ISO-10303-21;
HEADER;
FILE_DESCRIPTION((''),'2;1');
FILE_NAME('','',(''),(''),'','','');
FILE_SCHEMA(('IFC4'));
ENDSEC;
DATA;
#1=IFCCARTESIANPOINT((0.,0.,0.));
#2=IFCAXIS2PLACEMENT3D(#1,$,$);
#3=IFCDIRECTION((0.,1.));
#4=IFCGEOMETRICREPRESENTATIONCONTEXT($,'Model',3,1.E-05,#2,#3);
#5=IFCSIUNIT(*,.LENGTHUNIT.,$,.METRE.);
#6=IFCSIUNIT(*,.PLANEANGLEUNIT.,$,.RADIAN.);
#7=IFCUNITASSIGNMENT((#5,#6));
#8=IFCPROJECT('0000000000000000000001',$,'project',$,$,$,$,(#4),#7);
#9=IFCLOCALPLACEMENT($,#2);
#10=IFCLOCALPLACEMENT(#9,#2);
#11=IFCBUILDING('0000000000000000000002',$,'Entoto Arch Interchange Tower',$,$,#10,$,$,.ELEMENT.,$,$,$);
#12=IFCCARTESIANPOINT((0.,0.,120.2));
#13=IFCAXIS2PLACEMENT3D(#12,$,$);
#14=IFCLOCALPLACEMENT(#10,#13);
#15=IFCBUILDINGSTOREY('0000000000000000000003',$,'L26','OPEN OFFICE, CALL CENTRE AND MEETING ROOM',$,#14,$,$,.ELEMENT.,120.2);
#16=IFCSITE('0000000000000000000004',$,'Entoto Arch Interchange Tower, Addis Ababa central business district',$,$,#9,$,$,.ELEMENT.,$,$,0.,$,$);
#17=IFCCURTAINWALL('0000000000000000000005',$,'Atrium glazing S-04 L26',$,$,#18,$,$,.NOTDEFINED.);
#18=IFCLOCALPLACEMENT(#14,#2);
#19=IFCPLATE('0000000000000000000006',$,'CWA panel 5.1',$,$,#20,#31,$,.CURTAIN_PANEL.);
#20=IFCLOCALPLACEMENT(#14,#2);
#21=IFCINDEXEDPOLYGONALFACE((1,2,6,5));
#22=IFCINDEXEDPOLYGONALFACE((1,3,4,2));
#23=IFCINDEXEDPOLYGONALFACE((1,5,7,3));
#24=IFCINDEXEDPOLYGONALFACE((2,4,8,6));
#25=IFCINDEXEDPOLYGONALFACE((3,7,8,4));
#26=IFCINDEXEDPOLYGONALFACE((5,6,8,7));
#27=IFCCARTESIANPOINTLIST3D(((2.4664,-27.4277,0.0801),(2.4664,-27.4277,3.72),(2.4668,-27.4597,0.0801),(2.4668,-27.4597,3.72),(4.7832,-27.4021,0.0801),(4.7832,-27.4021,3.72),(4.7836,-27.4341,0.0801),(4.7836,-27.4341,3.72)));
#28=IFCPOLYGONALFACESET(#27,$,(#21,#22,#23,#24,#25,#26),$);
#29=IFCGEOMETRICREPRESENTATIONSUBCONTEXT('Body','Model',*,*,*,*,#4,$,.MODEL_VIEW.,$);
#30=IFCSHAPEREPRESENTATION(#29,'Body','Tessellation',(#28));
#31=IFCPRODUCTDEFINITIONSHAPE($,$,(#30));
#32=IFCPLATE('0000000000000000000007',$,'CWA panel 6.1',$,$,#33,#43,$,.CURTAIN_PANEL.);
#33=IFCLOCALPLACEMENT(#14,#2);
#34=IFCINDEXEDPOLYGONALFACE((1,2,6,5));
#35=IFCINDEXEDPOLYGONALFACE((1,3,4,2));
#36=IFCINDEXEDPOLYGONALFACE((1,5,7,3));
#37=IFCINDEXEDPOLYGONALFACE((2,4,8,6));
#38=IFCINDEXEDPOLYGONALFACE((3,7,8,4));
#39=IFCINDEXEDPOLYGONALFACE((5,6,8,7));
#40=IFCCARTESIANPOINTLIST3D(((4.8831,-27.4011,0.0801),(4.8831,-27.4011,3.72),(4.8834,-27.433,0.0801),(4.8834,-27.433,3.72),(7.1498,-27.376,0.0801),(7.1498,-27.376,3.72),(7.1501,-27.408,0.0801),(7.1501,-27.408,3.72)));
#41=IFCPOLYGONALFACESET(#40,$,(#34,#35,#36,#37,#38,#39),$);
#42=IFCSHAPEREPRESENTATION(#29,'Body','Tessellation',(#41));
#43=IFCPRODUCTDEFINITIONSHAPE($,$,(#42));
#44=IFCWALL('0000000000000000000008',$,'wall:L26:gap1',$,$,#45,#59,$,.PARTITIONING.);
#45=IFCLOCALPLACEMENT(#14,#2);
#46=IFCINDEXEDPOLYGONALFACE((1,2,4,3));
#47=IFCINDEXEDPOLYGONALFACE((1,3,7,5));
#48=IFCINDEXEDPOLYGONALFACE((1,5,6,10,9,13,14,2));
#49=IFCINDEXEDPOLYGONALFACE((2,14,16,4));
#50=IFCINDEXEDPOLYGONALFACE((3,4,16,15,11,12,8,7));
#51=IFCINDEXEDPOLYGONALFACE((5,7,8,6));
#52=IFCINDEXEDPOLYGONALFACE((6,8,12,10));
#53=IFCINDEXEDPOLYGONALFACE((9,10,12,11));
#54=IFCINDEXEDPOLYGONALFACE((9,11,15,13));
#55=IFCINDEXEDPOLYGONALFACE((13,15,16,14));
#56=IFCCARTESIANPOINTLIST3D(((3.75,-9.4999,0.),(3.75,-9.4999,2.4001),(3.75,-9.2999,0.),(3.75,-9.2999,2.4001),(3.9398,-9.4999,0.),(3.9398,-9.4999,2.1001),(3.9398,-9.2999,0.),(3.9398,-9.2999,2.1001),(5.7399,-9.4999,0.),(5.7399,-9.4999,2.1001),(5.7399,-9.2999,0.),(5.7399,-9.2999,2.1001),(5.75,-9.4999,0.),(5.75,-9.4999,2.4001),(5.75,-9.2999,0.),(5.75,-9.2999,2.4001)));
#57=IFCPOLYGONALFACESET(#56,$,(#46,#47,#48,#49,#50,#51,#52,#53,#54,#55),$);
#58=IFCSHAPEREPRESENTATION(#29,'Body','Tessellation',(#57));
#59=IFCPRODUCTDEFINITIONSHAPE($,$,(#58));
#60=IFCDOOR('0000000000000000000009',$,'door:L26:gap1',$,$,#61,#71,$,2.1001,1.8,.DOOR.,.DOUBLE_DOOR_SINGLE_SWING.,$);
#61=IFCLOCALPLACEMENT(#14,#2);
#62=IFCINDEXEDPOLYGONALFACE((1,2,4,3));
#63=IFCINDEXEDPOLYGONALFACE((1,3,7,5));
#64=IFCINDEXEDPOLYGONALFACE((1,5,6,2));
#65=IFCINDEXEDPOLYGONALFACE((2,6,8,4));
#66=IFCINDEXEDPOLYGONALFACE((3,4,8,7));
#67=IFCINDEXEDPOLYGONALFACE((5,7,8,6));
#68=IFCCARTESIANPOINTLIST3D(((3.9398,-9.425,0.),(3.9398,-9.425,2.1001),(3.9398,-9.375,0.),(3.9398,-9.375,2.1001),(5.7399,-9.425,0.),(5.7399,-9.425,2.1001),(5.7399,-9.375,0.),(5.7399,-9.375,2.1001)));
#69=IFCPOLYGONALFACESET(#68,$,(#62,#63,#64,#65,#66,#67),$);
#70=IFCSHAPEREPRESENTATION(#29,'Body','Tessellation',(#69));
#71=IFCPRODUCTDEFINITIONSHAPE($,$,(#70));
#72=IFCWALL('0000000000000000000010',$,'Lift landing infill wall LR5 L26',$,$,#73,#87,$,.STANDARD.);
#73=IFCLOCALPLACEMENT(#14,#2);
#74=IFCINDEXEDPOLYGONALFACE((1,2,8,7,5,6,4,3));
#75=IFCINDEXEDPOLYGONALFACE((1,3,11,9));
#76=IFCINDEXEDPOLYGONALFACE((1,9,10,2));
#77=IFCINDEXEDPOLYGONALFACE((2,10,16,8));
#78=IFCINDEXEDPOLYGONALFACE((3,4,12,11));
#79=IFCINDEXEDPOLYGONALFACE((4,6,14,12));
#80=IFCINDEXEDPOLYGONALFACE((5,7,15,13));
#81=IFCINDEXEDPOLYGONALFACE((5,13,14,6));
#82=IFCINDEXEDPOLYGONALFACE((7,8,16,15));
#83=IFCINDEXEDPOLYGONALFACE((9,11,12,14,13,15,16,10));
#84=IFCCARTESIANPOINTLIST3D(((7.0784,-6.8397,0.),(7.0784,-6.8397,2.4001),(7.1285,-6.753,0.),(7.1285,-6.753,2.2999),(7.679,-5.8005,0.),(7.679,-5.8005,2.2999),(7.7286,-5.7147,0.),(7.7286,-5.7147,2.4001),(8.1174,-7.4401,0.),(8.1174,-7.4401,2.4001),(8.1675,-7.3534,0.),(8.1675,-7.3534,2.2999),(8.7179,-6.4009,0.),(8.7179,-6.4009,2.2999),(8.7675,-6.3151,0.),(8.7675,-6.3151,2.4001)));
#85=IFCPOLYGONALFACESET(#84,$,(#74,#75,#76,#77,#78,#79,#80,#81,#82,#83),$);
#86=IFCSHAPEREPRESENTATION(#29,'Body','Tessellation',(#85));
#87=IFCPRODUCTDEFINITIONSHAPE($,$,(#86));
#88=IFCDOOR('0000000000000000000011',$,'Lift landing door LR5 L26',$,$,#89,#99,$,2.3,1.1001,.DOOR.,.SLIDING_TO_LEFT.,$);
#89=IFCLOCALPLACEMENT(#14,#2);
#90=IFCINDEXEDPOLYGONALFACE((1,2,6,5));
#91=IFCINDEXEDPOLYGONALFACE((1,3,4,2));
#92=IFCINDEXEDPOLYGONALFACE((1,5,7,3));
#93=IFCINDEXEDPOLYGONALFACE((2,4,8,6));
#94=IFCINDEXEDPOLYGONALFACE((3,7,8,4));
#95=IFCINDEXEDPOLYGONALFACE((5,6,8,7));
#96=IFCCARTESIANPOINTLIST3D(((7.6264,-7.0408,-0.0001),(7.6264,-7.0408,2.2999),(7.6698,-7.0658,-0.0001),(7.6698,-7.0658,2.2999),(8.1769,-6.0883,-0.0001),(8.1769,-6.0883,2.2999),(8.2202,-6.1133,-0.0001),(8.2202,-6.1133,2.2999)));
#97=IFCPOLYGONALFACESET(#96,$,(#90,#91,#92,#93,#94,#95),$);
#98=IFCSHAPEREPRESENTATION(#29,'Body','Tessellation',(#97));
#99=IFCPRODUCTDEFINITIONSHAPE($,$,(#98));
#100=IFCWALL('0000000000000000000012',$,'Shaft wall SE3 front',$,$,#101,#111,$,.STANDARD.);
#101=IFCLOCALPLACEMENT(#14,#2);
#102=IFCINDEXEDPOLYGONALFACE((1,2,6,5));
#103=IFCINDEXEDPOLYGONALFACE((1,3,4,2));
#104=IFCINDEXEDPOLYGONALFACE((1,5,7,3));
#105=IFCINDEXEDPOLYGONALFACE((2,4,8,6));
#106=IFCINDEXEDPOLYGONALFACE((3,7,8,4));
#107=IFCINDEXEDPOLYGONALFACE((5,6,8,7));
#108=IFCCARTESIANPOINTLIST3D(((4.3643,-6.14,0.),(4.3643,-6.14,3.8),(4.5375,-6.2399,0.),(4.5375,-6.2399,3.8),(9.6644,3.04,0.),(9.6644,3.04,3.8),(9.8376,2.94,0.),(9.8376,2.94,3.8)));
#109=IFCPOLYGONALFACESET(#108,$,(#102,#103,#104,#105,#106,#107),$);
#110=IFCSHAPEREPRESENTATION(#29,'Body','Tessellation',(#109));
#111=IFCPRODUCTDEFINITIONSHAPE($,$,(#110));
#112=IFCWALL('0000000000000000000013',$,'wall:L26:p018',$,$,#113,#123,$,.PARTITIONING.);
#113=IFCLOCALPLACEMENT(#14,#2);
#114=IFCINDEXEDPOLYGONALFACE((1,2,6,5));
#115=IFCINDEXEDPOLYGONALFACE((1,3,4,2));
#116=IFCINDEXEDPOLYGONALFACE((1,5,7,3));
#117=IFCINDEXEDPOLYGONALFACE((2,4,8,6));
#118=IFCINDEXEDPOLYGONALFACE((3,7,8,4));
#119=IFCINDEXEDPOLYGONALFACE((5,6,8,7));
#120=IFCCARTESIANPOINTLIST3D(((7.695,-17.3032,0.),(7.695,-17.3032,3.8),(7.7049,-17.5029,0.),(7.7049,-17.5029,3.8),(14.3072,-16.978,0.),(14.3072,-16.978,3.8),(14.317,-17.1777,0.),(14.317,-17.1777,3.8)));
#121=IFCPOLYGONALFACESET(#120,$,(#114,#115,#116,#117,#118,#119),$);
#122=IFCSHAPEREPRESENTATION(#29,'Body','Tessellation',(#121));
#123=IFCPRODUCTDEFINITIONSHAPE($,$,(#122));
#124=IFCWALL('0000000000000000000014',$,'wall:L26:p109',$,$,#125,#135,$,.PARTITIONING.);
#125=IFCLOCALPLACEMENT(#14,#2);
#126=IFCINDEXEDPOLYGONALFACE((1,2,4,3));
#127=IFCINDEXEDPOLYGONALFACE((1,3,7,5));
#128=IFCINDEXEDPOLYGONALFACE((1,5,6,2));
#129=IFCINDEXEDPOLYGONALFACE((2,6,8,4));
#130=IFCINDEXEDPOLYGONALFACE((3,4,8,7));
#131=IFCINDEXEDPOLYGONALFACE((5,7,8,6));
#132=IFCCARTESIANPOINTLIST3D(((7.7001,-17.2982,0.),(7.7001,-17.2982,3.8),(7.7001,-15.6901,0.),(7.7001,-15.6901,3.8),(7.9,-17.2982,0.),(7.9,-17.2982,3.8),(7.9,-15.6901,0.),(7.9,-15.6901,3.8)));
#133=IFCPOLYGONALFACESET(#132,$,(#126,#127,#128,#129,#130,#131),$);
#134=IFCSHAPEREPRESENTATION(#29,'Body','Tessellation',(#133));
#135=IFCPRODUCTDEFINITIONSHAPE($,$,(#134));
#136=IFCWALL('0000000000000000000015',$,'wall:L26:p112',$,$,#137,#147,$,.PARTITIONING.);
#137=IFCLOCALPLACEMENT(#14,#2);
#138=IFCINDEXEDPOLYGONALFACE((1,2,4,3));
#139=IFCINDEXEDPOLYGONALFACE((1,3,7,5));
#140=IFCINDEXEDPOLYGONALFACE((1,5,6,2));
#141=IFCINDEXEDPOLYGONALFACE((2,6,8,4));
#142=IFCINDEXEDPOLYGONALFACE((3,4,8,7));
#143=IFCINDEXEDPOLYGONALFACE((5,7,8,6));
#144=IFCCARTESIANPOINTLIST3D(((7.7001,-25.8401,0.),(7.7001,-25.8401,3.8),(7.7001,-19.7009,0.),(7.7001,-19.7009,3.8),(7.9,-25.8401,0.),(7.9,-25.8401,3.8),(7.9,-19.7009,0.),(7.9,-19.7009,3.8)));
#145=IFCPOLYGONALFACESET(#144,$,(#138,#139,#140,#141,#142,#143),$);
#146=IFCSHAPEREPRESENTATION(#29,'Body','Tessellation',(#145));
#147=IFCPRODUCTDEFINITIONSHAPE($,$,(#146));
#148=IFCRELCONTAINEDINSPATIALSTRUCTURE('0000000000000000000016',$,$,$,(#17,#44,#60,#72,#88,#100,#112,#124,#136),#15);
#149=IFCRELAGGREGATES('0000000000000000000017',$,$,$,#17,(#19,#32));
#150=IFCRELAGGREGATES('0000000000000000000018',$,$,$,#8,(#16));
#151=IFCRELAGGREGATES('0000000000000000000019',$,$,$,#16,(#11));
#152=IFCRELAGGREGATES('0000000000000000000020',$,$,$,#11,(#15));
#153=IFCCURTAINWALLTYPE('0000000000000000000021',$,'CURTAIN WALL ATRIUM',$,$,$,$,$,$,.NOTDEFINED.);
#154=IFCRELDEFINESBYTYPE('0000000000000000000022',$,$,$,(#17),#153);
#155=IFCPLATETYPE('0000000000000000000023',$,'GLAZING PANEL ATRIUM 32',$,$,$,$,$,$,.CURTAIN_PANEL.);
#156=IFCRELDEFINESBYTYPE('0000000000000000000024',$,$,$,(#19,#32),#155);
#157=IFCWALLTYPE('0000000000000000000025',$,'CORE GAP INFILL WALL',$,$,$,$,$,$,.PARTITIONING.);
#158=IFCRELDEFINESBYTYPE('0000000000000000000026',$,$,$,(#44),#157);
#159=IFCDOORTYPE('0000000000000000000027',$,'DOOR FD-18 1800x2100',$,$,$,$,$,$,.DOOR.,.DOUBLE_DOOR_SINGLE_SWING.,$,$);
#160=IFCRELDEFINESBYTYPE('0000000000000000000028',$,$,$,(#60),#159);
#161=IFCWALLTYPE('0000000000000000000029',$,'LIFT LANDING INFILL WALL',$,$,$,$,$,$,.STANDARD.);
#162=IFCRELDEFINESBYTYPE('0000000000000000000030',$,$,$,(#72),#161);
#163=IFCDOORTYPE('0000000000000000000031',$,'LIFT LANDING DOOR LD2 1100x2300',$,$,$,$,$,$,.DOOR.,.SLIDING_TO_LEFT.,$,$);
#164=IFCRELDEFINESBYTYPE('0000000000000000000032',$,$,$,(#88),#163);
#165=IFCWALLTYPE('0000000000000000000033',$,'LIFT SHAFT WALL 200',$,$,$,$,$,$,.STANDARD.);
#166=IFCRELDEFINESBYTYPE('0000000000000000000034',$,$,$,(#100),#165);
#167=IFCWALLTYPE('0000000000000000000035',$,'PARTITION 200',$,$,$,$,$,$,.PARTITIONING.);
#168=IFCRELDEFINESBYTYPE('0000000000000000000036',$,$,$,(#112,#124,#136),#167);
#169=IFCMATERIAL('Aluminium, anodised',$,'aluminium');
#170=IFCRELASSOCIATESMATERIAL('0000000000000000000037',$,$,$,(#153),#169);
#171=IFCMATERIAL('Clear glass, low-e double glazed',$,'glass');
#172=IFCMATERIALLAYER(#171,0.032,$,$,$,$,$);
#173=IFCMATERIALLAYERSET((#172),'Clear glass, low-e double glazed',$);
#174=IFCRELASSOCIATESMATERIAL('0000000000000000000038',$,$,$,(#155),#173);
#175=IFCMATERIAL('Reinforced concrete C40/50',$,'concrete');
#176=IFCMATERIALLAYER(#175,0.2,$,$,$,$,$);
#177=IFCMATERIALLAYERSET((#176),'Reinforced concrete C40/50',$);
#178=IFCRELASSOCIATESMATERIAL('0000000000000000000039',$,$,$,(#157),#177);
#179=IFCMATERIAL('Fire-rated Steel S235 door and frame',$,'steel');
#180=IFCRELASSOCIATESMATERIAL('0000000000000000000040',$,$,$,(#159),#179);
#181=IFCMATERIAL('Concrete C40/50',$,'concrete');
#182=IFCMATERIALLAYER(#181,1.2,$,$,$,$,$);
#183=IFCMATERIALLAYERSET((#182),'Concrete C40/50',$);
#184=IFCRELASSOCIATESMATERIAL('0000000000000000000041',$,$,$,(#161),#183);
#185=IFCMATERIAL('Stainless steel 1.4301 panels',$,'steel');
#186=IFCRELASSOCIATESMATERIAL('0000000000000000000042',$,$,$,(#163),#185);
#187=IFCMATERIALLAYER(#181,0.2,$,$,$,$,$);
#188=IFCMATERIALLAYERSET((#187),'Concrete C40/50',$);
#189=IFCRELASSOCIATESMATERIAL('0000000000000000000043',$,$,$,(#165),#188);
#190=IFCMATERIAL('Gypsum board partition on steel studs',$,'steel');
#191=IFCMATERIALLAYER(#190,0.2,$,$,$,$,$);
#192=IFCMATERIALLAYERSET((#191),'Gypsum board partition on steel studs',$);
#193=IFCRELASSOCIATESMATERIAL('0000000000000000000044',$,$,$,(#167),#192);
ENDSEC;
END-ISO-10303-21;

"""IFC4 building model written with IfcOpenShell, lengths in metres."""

from ifc_helpers import new_model, si_unit, direction, frame, frame_2d, origin, origin_2d, place, context, subcontext, project, spatial, rectangle, extrude, material, layer, layer_set, type_object, element, fill, aggregate, save


model = new_model("IFC4")

# Units and contexts
model_context = context("Model", 3, precision=1e-05, world=origin(), true_north=direction((0.0, 1.0)))
body_context = subcontext(model_context, "Body", "Model", "MODEL_VIEW")
ifc_project = project(units=[si_unit("LENGTHUNIT", "METRE"), si_unit("PLANEANGLEUNIT", "RADIAN")], contexts=[model_context])

# Site, building, storey
site_placement = place(None, origin())
site = spatial("IfcSite", under=ifc_project, at=site_placement, Name="Entoto Arch Interchange Tower, Addis Ababa central business district", CompositionType="ELEMENT", RefElevation=0.0)
building_placement = place(site_placement, origin())
building = spatial("IfcBuilding", under=site, at=building_placement, Name="Entoto Arch Interchange Tower", CompositionType="ELEMENT")
storey_placement = place(building_placement, frame((0.0, 0.0, 120.2)))
storey = spatial("IfcBuildingStorey", under=building, at=storey_placement, Name="L26", Description="OPEN OFFICE, CALL CENTRE AND MEETING ROOM", CompositionType="ELEMENT", Elevation=120.2)

# Curtain wall, plates
ifc_material_1 = material(Name="Aluminium, anodised", Category="aluminium")
curtain_wall_type = type_object("IfcCurtainWallType", Name="CURTAIN WALL ATRIUM", PredefinedType="NOTDEFINED", material=ifc_material_1)
curtain_wall_placement = place(storey_placement, origin())
curtain_wall = element("IfcCurtainWall", 1, at=curtain_wall_placement, inside=storey, type_object=curtain_wall_type, Name="Atrium glazing S-04 L26", PredefinedType="NOTDEFINED")
ifc_material_2 = material(Name="Clear glass, low-e double glazed", Category="glass")
ifc_layer_1 = layer(ifc_material_2, 0.032)
ifc_layer_set_1 = layer_set([ifc_layer_1], Name="Clear glass, low-e double glazed")
plate_type = type_object("IfcPlateType", Name="GLAZING PANEL ATRIUM 32", PredefinedType="CURTAIN_PANEL", material=ifc_layer_set_1)
plate_1_placement = place(storey_placement, frame((3.625, -27.4309, 0.0801), z_axis=(0.0, 0.0, 1.0), x_axis=(0.999939, 0.011034, 0.0)))
plate_1 = element("IfcPlate", 2, at=plate_1_placement, type_object=plate_type, Name="CWA panel 5.1", PredefinedType="CURTAIN_PANEL", context=body_context, shape_type="SweptSolid", body=[
    extrude(rectangle(XDim=2.3169, YDim=0.032, at=origin_2d()), origin(), (0.0, 0.0, 1.0), 3.6399),
])
plate_2_placement = place(storey_placement, frame((6.0166, -27.4045, 0.0801), z_axis=(0.0, 0.0, 1.0), x_axis=(0.999939, 0.011034, 0.0)))
plate_2 = element("IfcPlate", 3, at=plate_2_placement, type_object=plate_type, Name="CWA panel 6.1", PredefinedType="CURTAIN_PANEL", context=body_context, shape_type="SweptSolid", body=[
    extrude(rectangle(XDim=2.2668, YDim=0.032, at=origin_2d()), origin(), (0.0, 0.0, 1.0), 3.6399),
])
aggregate(curtain_wall, [plate_1, plate_2])

# Walls, openings, doors
ifc_material_3 = material(Name="Reinforced concrete C40/50", Category="concrete")
ifc_layer_2 = layer(ifc_material_3, 0.2)
ifc_layer_set_2 = layer_set([ifc_layer_2], Name="Reinforced concrete C40/50")
wall_type_1 = type_object("IfcWallType", Name="CORE GAP INFILL WALL", PredefinedType="PARTITIONING", material=ifc_layer_set_2)
wall_1_placement = place(storey_placement, frame((3.75, -9.3999, 0.0), z_axis=(0.0, 0.0, 1.0), x_axis=(1.0, 0.0, 0.0)))
wall_1 = element("IfcWall", 4, at=wall_1_placement, inside=storey, type_object=wall_type_1, Name="wall:L26:gap1", PredefinedType="PARTITIONING", context=body_context, shape_type="SweptSolid", body=[
    extrude(rectangle(XDim=2.0, YDim=0.2, at=frame_2d((1.0, 0.0))), origin(), (0.0, 0.0, 1.0), 2.4001),
])
opening_1_placement = place(wall_1_placement, frame((0.1899, 0.0, 0.0)))
opening_1 = element("IfcOpeningElement", 5, at=opening_1_placement, cuts=wall_1, PredefinedType="OPENING", context=body_context, shape_type="SweptSolid", body=[
    extrude(rectangle(XDim=1.8, YDim=2.1001, at=frame_2d((0.8999, 1.05))), frame((0.0, 0.1099, 0.0), z_axis=(0.0, -1.0, 0.0), x_axis=(1.0, 0.0, 0.0)), (0.0, 0.0, 1.0), 0.22),
])
ifc_material_4 = material(Name="Fire-rated Steel S235 door and frame", Category="steel")
door_type_1 = type_object("IfcDoorType", Name="DOOR FD-18 1800x2100", OperationType="DOUBLE_DOOR_SINGLE_SWING", PredefinedType="DOOR", material=ifc_material_4)
door_1_placement = place(opening_1_placement, origin())
door_1 = element("IfcDoor", 6, at=door_1_placement, inside=storey, type_object=door_type_1, Name="door:L26:gap1", OperationType="DOUBLE_DOOR_SINGLE_SWING", OverallHeight=2.1001, OverallWidth=1.8, PredefinedType="DOOR", context=body_context, shape_type="SweptSolid", body=[
    extrude(rectangle(XDim=1.8, YDim=2.1001, at=frame_2d((0.8999, 1.05))), frame((0.0, 0.0249, 0.0), z_axis=(0.0, -1.0, 0.0), x_axis=(1.0, 0.0, 0.0)), (0.0, 0.0, 1.0), 0.05),
])
fill(opening_1, door_1)
ifc_material_5 = material(Name="Concrete C40/50", Category="concrete")
ifc_layer_3 = layer(ifc_material_5, 1.2)
ifc_layer_set_3 = layer_set([ifc_layer_3], Name="Concrete C40/50")
wall_type_2 = type_object("IfcWallType", Name="LIFT LANDING INFILL WALL", PredefinedType="STANDARD", material=ifc_layer_set_3)
wall_2_placement = place(storey_placement, frame((7.5979, -7.1399, 0.0), z_axis=(0.0, 0.0, 1.0), x_axis=(0.500362, 0.865816, 0.0)))
wall_2 = element("IfcWall", 7, at=wall_2_placement, inside=storey, type_object=wall_type_2, Name="Lift landing infill wall LR5 L26", PredefinedType="STANDARD", context=body_context, shape_type="SweptSolid", body=[
    extrude(rectangle(XDim=1.2993, YDim=1.2, at=frame_2d((0.6497, 0.0))), origin(), (0.0, 0.0, 1.0), 2.4001),
])
opening_2_placement = place(wall_2_placement, frame((0.1001, 0.0, 0.0)))
opening_2 = element("IfcOpeningElement", 8, at=opening_2_placement, cuts=wall_2, PredefinedType="OPENING", context=body_context, shape_type="SweptSolid", body=[
    extrude(rectangle(XDim=1.1001, YDim=2.3, at=frame_2d((0.55, 1.1499))), frame((0.0, 0.6099, 0.0), z_axis=(0.0, -1.0, 0.0), x_axis=(1.0, 0.0, 0.0)), (0.0, 0.0, 1.0), 1.22),
])
ifc_material_6 = material(Name="Stainless steel 1.4301 panels", Category="steel")
door_type_2 = type_object("IfcDoorType", Name="LIFT LANDING DOOR LD2 1100x2300", OperationType="SLIDING_TO_LEFT", PredefinedType="DOOR", material=ifc_material_6)
door_2_placement = place(opening_2_placement, origin())
door_2 = element("IfcDoor", 9, at=door_2_placement, inside=storey, type_object=door_type_2, Name="Lift landing door LR5 L26", OperationType="SLIDING_TO_LEFT", OverallHeight=2.3, OverallWidth=1.1001, PredefinedType="DOOR", context=body_context, shape_type="SweptSolid", body=[
    extrude(rectangle(XDim=1.1001, YDim=2.3, at=frame_2d((0.55, 1.1499))), frame((0.0, 0.0249, 0.0), z_axis=(0.0, -1.0, 0.0), x_axis=(1.0, 0.0, 0.0)), (0.0, 0.0, 1.0), 0.05),
])
fill(opening_2, door_2)

# Walls
ifc_layer_4 = layer(ifc_material_5, 0.2)
ifc_layer_set_4 = layer_set([ifc_layer_4], Name="Concrete C40/50")
wall_type_3 = type_object("IfcWallType", Name="LIFT SHAFT WALL 200", PredefinedType="STANDARD", material=ifc_layer_set_4)
wall_3_placement = place(storey_placement, frame((4.4509, -6.1899, 0.0), z_axis=(0.0, 0.0, 1.0), x_axis=(0.500001, 0.866025, 0.0)))
element("IfcWall", 10, at=wall_3_placement, inside=storey, type_object=wall_type_3, Name="Shaft wall SE3 front", PredefinedType="STANDARD", context=body_context, shape_type="SweptSolid", body=[
    extrude(rectangle(XDim=10.6001, YDim=0.2, at=frame_2d((5.3, 0.0))), origin(), (0.0, 0.0, 1.0), 3.8),
])
ifc_material_7 = material(Name="Gypsum board partition on steel studs", Category="steel")
ifc_layer_5 = layer(ifc_material_7, 0.2)
ifc_layer_set_5 = layer_set([ifc_layer_5], Name="Gypsum board partition on steel studs")
wall_type_4 = type_object("IfcWallType", Name="PARTITION 200", PredefinedType="PARTITIONING", material=ifc_layer_set_5)
wall_4_placement = place(storey_placement, frame((7.7, -17.4031, 0.0), z_axis=(0.0, 0.0, 1.0), x_axis=(0.998793, 0.049123, 0.0)))
element("IfcWall", 11, at=wall_4_placement, inside=storey, type_object=wall_type_4, Name="wall:L26:p018", PredefinedType="PARTITIONING", context=body_context, shape_type="SweptSolid", body=[
    extrude(rectangle(XDim=6.6201, YDim=0.2, at=frame_2d((3.3101, 0.0))), origin(), (0.0, 0.0, 1.0), 3.8),
])
wall_5_placement = place(storey_placement, frame((7.8, -15.6899, 0.0), z_axis=(0.0, 0.0, 1.0), x_axis=(0.0, -1.0, 0.0)))
element("IfcWall", 12, at=wall_5_placement, inside=storey, type_object=wall_type_4, Name="wall:L26:p109", PredefinedType="PARTITIONING", context=body_context, shape_type="SweptSolid", body=[
    extrude(rectangle(XDim=1.6082, YDim=0.2, at=frame_2d((0.8042, 0.0))), origin(), (0.0, 0.0, 1.0), 3.8),
])
wall_6_placement = place(storey_placement, frame((7.8, -19.7009, 0.0), z_axis=(0.0, 0.0, 1.0), x_axis=(0.0, -1.0, 0.0)))
element("IfcWall", 13, at=wall_6_placement, inside=storey, type_object=wall_type_4, Name="wall:L26:p112", PredefinedType="PARTITIONING", context=body_context, shape_type="SweptSolid", body=[
    extrude(rectangle(XDim=6.1392, YDim=0.2, at=frame_2d((3.0696, 0.0))), origin(), (0.0, 0.0, 1.0), 3.8),
])

save(model, "model.ifc")
